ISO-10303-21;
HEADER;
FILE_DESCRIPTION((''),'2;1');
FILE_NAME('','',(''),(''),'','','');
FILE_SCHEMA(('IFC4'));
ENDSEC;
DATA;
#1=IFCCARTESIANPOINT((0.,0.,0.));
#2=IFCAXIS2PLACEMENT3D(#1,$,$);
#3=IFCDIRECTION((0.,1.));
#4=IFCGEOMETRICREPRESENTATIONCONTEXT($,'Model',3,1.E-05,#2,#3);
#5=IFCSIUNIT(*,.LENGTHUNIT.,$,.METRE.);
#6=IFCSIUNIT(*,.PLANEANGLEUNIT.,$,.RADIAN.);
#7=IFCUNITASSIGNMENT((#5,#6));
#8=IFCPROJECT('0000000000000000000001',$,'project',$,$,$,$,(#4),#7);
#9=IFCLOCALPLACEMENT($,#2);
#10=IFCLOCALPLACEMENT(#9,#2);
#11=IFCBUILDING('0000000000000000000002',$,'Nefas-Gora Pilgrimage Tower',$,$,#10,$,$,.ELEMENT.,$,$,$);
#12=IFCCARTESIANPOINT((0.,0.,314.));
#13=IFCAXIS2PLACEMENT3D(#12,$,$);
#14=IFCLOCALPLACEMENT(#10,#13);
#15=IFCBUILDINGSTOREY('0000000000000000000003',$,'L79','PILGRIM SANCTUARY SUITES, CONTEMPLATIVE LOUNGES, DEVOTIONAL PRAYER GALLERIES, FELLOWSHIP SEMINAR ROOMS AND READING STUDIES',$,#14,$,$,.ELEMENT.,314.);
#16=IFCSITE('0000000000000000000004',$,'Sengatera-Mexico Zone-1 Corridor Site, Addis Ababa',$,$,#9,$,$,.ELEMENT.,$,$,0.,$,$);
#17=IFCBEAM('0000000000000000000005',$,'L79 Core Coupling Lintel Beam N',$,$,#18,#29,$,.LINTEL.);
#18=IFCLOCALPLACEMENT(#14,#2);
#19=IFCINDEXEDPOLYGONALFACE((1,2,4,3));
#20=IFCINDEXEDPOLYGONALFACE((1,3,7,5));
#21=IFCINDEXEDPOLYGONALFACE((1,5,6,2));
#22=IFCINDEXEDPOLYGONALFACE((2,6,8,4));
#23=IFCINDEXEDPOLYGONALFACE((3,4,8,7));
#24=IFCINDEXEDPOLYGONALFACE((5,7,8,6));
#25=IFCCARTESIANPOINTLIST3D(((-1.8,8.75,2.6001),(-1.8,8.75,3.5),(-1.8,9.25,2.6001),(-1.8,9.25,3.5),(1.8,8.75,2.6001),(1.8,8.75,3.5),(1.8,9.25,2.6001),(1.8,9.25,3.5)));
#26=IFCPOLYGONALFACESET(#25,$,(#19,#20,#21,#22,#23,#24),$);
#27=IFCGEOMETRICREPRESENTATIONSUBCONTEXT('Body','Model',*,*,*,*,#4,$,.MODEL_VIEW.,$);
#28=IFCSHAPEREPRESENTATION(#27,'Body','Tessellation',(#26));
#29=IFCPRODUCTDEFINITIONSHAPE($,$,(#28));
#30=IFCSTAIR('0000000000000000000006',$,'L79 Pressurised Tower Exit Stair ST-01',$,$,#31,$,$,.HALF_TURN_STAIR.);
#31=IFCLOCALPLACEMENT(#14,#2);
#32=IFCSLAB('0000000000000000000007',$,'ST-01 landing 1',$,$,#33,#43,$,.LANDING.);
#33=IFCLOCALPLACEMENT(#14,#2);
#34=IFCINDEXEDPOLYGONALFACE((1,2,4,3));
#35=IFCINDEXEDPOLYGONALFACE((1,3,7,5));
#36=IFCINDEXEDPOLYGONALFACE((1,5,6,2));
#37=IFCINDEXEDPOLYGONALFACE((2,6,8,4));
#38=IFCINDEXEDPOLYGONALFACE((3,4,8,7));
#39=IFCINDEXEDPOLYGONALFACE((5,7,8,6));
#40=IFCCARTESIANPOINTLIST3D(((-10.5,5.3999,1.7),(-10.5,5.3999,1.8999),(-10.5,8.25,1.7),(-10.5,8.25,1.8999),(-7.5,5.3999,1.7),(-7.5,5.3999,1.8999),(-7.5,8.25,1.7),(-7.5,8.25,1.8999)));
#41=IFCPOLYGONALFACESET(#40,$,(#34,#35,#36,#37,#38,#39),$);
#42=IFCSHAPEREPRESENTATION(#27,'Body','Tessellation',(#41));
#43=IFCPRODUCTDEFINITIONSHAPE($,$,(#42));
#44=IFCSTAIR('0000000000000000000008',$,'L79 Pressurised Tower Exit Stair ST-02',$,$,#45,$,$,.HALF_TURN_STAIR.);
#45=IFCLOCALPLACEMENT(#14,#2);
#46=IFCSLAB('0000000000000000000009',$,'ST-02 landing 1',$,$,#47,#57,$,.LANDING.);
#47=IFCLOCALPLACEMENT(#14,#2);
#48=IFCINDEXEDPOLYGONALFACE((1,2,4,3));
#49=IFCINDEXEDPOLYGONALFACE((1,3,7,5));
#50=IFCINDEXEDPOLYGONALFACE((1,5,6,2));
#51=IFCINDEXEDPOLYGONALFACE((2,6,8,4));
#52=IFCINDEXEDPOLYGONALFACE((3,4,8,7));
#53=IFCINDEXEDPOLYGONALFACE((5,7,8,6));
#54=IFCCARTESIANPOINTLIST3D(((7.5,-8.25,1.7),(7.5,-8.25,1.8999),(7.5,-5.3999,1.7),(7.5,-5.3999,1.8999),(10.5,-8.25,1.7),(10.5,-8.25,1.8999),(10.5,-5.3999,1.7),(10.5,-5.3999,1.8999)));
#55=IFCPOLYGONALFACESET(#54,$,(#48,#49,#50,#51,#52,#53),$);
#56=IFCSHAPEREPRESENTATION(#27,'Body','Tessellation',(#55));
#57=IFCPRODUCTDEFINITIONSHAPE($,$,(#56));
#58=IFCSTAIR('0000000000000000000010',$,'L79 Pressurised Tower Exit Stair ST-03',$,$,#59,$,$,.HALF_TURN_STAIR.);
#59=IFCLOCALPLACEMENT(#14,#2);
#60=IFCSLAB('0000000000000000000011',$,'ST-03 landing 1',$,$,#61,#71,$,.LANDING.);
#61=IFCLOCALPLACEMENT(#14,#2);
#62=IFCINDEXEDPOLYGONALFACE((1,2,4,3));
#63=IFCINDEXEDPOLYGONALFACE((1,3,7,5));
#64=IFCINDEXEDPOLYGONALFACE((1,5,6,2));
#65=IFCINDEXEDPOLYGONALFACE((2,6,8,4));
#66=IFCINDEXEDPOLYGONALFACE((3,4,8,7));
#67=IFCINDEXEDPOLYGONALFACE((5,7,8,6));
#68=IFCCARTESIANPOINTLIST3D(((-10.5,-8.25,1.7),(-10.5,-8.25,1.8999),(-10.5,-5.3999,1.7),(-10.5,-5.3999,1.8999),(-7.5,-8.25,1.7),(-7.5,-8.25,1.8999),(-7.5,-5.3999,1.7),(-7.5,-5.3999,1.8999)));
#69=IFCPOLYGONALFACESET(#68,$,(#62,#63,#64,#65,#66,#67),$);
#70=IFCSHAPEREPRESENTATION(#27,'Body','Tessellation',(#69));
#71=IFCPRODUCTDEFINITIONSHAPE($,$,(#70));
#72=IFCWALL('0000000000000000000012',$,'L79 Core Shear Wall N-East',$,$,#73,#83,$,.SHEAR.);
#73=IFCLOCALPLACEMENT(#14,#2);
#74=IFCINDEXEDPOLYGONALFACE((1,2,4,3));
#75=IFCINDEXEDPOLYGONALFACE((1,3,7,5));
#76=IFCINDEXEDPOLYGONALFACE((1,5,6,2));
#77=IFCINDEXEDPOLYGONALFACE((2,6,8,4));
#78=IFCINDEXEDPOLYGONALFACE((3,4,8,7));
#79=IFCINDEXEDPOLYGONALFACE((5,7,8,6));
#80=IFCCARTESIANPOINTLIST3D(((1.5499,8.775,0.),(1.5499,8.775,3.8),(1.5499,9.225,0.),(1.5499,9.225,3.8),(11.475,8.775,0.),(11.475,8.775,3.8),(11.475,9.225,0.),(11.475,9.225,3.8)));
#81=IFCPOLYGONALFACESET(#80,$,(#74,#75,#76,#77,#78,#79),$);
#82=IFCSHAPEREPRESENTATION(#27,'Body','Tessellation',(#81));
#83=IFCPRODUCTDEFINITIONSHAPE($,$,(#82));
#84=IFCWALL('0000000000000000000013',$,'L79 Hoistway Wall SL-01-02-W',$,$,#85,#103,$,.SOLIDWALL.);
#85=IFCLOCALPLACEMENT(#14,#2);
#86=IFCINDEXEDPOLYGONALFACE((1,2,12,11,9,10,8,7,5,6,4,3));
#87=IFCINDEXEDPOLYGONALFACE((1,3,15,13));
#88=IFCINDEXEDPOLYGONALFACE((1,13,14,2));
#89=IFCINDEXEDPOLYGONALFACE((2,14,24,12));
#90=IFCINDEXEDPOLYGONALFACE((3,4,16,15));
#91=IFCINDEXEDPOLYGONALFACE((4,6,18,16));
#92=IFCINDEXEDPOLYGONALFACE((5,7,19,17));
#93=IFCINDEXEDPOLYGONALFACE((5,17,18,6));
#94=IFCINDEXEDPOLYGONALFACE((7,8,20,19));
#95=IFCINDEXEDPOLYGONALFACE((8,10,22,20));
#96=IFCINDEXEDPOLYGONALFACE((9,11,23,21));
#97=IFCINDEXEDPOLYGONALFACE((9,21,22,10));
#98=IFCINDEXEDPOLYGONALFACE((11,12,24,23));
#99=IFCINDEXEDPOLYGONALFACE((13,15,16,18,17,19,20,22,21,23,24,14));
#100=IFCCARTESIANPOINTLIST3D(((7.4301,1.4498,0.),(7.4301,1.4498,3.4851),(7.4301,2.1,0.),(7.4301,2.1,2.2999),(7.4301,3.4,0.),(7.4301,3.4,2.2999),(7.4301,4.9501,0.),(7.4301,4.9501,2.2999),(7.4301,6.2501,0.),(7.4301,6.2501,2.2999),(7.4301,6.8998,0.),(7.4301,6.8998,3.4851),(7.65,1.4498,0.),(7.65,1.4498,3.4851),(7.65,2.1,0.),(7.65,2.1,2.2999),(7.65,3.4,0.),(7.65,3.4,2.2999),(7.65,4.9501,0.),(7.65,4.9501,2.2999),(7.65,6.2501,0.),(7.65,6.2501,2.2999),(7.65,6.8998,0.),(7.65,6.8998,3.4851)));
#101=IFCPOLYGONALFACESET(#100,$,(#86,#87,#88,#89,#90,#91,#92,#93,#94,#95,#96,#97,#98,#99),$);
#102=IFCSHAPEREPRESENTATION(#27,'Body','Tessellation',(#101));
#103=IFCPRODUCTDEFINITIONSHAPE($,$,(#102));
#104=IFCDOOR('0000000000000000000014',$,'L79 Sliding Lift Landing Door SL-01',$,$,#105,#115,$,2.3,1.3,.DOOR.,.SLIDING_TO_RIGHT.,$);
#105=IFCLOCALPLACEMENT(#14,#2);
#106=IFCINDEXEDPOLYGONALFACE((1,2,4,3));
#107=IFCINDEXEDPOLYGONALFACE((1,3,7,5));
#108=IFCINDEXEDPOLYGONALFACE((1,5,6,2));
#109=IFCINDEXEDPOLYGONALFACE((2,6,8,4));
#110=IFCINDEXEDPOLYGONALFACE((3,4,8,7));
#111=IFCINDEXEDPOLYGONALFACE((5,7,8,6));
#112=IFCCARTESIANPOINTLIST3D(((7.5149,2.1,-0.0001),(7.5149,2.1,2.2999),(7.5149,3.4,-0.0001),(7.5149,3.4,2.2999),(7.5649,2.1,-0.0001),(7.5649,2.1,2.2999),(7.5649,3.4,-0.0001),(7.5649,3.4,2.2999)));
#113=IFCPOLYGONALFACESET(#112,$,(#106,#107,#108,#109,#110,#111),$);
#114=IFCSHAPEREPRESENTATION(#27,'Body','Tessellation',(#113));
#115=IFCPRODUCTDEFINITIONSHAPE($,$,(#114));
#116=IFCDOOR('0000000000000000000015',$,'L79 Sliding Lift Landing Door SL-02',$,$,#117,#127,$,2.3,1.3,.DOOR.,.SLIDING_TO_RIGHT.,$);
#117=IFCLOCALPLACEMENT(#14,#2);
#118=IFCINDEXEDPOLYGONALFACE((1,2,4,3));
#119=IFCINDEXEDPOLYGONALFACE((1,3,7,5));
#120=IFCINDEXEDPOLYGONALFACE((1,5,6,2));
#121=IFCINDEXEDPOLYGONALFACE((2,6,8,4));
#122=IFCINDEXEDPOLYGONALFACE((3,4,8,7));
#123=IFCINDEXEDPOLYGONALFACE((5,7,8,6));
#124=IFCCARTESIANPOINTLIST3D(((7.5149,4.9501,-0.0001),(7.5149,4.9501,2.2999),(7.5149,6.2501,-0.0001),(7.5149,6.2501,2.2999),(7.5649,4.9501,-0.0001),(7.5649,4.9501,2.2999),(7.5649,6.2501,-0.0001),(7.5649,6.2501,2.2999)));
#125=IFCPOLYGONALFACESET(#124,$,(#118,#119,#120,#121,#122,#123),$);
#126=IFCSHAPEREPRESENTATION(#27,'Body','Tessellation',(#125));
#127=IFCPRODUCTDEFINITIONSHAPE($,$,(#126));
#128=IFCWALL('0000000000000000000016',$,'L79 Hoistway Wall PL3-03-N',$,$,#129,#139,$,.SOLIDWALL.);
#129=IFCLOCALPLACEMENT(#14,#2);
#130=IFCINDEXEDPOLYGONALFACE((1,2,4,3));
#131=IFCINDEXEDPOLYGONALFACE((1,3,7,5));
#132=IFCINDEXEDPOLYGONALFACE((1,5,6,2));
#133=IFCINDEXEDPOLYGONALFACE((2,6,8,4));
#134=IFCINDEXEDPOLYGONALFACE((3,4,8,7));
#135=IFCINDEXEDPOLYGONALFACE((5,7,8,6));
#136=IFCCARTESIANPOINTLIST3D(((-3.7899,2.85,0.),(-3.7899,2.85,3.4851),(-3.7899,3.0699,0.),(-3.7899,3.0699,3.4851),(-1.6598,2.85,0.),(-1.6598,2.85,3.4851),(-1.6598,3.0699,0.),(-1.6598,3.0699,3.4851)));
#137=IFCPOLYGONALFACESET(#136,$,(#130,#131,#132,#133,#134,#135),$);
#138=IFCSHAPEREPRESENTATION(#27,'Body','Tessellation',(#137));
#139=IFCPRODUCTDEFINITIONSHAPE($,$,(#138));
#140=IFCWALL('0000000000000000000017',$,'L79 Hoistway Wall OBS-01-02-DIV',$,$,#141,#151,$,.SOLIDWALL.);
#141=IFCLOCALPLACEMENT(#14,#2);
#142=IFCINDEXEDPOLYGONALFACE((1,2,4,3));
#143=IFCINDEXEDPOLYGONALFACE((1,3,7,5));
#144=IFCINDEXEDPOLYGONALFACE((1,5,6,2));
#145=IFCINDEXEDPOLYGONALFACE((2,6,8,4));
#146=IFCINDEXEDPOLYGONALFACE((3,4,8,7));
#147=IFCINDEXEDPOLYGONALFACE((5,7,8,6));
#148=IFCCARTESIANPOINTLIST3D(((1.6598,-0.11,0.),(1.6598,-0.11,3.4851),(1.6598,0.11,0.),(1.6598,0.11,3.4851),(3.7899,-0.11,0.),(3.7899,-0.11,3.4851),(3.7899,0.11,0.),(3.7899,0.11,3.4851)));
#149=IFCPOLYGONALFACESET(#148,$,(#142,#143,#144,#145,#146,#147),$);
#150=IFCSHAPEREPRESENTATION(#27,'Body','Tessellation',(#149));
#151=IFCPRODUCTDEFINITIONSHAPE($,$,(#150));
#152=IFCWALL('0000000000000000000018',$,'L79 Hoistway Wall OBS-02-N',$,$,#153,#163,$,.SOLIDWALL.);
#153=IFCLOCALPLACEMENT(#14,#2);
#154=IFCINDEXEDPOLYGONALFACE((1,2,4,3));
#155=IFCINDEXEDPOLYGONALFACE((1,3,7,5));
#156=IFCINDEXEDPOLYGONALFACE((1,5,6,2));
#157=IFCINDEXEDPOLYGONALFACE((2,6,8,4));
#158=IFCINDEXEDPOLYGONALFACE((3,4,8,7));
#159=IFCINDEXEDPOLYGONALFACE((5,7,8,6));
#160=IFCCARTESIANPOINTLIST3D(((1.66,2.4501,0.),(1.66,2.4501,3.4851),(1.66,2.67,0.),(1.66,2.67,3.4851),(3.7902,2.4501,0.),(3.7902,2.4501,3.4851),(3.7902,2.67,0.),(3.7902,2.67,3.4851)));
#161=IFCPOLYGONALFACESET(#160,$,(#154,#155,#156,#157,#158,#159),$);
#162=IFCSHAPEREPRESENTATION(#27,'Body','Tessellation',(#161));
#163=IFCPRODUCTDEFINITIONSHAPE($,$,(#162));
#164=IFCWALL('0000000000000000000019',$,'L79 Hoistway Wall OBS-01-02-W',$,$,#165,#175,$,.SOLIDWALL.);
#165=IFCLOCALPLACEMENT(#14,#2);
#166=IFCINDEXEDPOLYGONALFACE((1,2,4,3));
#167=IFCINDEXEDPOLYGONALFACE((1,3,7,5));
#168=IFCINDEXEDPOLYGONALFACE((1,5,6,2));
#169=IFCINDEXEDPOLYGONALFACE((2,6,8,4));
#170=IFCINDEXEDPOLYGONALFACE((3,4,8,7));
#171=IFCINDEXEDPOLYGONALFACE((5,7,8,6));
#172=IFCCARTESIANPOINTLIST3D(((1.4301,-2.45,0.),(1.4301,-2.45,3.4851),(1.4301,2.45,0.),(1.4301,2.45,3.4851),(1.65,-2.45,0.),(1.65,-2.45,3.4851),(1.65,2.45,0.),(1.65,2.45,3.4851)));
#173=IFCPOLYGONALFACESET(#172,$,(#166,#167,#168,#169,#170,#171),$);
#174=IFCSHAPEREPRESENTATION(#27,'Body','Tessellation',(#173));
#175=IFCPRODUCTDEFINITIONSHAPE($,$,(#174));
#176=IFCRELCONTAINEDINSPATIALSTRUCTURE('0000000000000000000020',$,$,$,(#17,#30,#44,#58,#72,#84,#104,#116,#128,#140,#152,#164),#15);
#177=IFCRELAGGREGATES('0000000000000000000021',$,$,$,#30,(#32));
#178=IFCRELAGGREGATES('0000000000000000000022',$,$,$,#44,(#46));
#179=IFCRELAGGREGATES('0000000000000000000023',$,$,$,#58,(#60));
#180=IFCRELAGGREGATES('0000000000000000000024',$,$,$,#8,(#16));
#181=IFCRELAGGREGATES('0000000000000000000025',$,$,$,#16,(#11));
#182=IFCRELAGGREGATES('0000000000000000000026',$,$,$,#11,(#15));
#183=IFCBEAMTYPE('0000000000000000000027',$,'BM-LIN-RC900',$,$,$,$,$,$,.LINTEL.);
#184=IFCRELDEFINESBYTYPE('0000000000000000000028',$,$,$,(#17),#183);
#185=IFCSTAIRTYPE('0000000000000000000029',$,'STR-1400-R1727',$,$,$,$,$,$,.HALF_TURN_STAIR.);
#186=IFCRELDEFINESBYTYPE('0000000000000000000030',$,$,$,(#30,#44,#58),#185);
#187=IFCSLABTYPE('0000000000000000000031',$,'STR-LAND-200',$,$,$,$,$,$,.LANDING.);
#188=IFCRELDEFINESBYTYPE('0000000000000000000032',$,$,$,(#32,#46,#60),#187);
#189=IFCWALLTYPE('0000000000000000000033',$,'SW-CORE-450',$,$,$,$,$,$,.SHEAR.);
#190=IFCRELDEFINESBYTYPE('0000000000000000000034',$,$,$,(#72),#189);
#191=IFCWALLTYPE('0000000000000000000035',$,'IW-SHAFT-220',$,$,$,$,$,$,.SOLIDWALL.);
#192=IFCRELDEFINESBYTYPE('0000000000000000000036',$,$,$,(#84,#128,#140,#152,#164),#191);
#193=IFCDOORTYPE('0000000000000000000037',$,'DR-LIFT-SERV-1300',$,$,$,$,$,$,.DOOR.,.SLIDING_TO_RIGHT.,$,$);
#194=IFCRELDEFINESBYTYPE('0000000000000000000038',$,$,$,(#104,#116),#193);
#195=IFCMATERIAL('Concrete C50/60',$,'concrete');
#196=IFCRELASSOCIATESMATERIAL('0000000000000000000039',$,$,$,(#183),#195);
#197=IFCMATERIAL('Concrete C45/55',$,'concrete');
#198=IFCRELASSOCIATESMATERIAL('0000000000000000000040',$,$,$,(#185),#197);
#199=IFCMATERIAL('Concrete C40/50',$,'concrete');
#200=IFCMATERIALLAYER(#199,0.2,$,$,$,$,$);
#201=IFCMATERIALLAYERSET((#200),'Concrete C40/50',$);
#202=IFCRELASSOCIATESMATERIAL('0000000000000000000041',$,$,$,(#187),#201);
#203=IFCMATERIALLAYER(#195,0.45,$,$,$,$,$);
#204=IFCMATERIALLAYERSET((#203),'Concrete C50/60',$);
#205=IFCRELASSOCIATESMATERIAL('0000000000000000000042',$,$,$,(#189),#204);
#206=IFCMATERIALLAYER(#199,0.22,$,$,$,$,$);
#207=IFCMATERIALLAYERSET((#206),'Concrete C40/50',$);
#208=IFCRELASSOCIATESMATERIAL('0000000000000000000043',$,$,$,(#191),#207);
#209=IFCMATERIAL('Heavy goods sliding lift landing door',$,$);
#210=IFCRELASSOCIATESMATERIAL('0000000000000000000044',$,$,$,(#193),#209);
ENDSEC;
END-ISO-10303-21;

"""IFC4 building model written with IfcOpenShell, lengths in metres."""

from ifc_helpers import new_model, si_unit, direction, frame, frame_2d, origin, origin_2d, place, context, subcontext, project, spatial, polyline, rectangle, outline, extrude, source, transform, mapped, material, layer, layer_set, material_profile, profile_set, type_object, element, fill, aggregate, save


model = new_model("IFC4")

# Units and contexts
model_context = context("Model", 3, precision=1e-05, world=origin(), true_north=direction((0.0, 1.0)))
body_context = subcontext(model_context, "Body", "Model", "MODEL_VIEW")
ifc_project = project(units=[si_unit("LENGTHUNIT", "METRE"), si_unit("PLANEANGLEUNIT", "RADIAN")], contexts=[model_context])

# Site, building, storey
site_placement = place(None, origin())
site = spatial("IfcSite", under=ifc_project, at=site_placement, Name="Sengatera-Mexico Zone-1 Corridor Site, Addis Ababa", CompositionType="ELEMENT", RefElevation=0.0)
building_placement = place(site_placement, origin())
building = spatial("IfcBuilding", under=site, at=building_placement, Name="Nefas-Gora Pilgrimage Tower", CompositionType="ELEMENT")
storey_placement = place(building_placement, frame((0.0, 0.0, 314.0)))
storey = spatial("IfcBuildingStorey", under=building, at=storey_placement, Name="L79", Description="PILGRIM SANCTUARY SUITES, CONTEMPLATIVE LOUNGES, DEVOTIONAL PRAYER GALLERIES, FELLOWSHIP SEMINAR ROOMS AND READING STUDIES", CompositionType="ELEMENT", Elevation=314.0)

# Beam
ifc_material_1 = material(Name="Concrete C50/60", Category="concrete")
ifc_material_profile = material_profile(ifc_material_1, rectangle(XDim=0.5, YDim=0.8999, at=origin_2d()), Name="RC 500x900")
ifc_profile_set = profile_set([ifc_material_profile], Name="Concrete C50/60")
beam_type = type_object("IfcBeamType", Name="BM-LIN-RC900", PredefinedType="LINTEL", material=ifc_profile_set)
shared_shape_1 = source(origin(), body_context, "Body", "SweptSolid", [
    extrude(rectangle(XDim=0.5, YDim=0.8999, at=origin_2d()), origin(), (0.0, 0.0, 1.0), 3.6001),
])
beam_placement = place(storey_placement, frame((-1.8, 9.0, 3.05), z_axis=(1.0, 0.0, 0.0), x_axis=(0.0, 1.0, 0.0)))
element("IfcBeam", 1, at=beam_placement, inside=storey, type_object=beam_type, Name="L79 Core Coupling Lintel Beam N", PredefinedType="LINTEL", context=body_context, shape_type="MappedRepresentation", body=[
    mapped(shared_shape_1, transform((0.0, 0.0, 0.0), x_axis=(1.0, 0.0, 0.0), y_axis=(0.0, 1.0, 0.0), z_axis=(0.0, 0.0, 1.0), scale=1.0)),
])

# Stairs, slabs
ifc_material_2 = material(Name="Concrete C45/55", Category="concrete")
stair_type = type_object("IfcStairType", Name="STR-1400-R1727", PredefinedType="HALF_TURN_STAIR", material=ifc_material_2)
stair_1_placement = place(storey_placement, origin())
stair_1 = element("IfcStair", 2, at=stair_1_placement, inside=storey, type_object=stair_type, Name="L79 Pressurised Tower Exit Stair ST-01", PredefinedType="HALF_TURN_STAIR")
ifc_material_3 = material(Name="Concrete C40/50", Category="concrete")
ifc_layer_1 = layer(ifc_material_3, 0.2)
ifc_layer_set_1 = layer_set([ifc_layer_1], Name="Concrete C40/50")
slab_type = type_object("IfcSlabType", Name="STR-LAND-200", PredefinedType="LANDING", material=ifc_layer_set_1)
slab_1_placement = place(storey_placement, frame((0.0, 0.0, 1.7)))
slab_1 = element("IfcSlab", 3, at=slab_1_placement, type_object=slab_type, Name="ST-01 landing 1", PredefinedType="LANDING", context=body_context, shape_type="SweptSolid", body=[
    extrude(outline(polyline([(-7.5, 5.3999), (-7.5, 8.25), (-10.5, 8.25), (-10.5, 5.3999), (-7.5, 5.3999)])), origin(), (0.0, 0.0, 1.0), 0.2),
])
aggregate(stair_1, [slab_1])
stair_2_placement = place(storey_placement, origin())
stair_2 = element("IfcStair", 4, at=stair_2_placement, inside=storey, type_object=stair_type, Name="L79 Pressurised Tower Exit Stair ST-02", PredefinedType="HALF_TURN_STAIR")
slab_2_placement = place(storey_placement, frame((0.0, 0.0, 1.7)))
slab_2 = element("IfcSlab", 5, at=slab_2_placement, type_object=slab_type, Name="ST-02 landing 1", PredefinedType="LANDING", context=body_context, shape_type="SweptSolid", body=[
    extrude(outline(polyline([(7.5, -5.3999), (7.5, -8.25), (10.5, -8.25), (10.5, -5.3999), (7.5, -5.3999)])), origin(), (0.0, 0.0, 1.0), 0.2),
])
aggregate(stair_2, [slab_2])
stair_3_placement = place(storey_placement, origin())
stair_3 = element("IfcStair", 6, at=stair_3_placement, inside=storey, type_object=stair_type, Name="L79 Pressurised Tower Exit Stair ST-03", PredefinedType="HALF_TURN_STAIR")
slab_3_placement = place(storey_placement, frame((0.0, 0.0, 1.7)))
slab_3 = element("IfcSlab", 7, at=slab_3_placement, type_object=slab_type, Name="ST-03 landing 1", PredefinedType="LANDING", context=body_context, shape_type="SweptSolid", body=[
    extrude(outline(polyline([(-10.5, -5.3999), (-10.5, -8.25), (-7.5, -8.25), (-7.5, -5.3999), (-10.5, -5.3999)])), origin(), (0.0, 0.0, 1.0), 0.2),
])
aggregate(stair_3, [slab_3])

# Wall
ifc_layer_2 = layer(ifc_material_1, 0.45)
ifc_layer_set_2 = layer_set([ifc_layer_2], Name="Concrete C50/60")
wall_type_1 = type_object("IfcWallType", Name="SW-CORE-450", PredefinedType="SHEAR", material=ifc_layer_set_2)
shared_shape_2 = source(origin(), body_context, "Body", "SweptSolid", [
    extrude(rectangle(XDim=9.925, YDim=0.45, at=frame_2d((4.9624, 0.0))), origin(), (0.0, 0.0, 1.0), 3.8),
])
wall_1_placement = place(storey_placement, frame((1.55, 9.0, 0.0), z_axis=(0.0, 0.0, 1.0), x_axis=(1.0, 0.0, 0.0)))
element("IfcWall", 8, at=wall_1_placement, inside=storey, type_object=wall_type_1, Name="L79 Core Shear Wall N-East", PredefinedType="SHEAR", context=body_context, shape_type="MappedRepresentation", body=[
    mapped(shared_shape_2, transform((0.0, 0.0, 0.0), x_axis=(1.0, 0.0, 0.0), y_axis=(0.0, 1.0, 0.0), z_axis=(0.0, 0.0, 1.0), scale=1.0)),
])

# Wall, openings, doors
ifc_layer_3 = layer(ifc_material_3, 0.22)
ifc_layer_set_3 = layer_set([ifc_layer_3], Name="Concrete C40/50")
wall_type_2 = type_object("IfcWallType", Name="IW-SHAFT-220", PredefinedType="SOLIDWALL", material=ifc_layer_set_3)
shared_shape_3 = source(origin(), body_context, "Body", "SweptSolid", [
    extrude(rectangle(XDim=5.45, YDim=0.22, at=frame_2d((2.7251, 0.0))), origin(), (0.0, 0.0, 1.0), 3.4851),
])
wall_2_placement = place(storey_placement, frame((7.54, 6.8999, 0.0), z_axis=(0.0, 0.0, 1.0), x_axis=(0.0, -1.0, 0.0)))
wall_2 = element("IfcWall", 9, at=wall_2_placement, inside=storey, type_object=wall_type_2, Name="L79 Hoistway Wall SL-01-02-W", PredefinedType="SOLIDWALL", context=body_context, shape_type="MappedRepresentation", body=[
    mapped(shared_shape_3, transform((0.0, 0.0, 0.0), x_axis=(1.0, 0.0, 0.0), y_axis=(0.0, 1.0, 0.0), z_axis=(0.0, 0.0, 1.0), scale=1.0)),
])
opening_1_placement = place(wall_2_placement, frame((3.5, 0.0, 0.0)))
opening_1 = element("IfcOpeningElement", 10, at=opening_1_placement, cuts=wall_2, PredefinedType="OPENING", context=body_context, shape_type="SweptSolid", body=[
    extrude(rectangle(XDim=1.3, YDim=2.3, at=frame_2d((0.6499, 1.1499))), frame((0.0, 0.1199, 0.0), z_axis=(0.0, -1.0, 0.0), x_axis=(1.0, 0.0, 0.0)), (0.0, 0.0, 1.0), 0.24),
])
opening_2_placement = place(wall_2_placement, frame((0.6499, 0.0, 0.0)))
opening_2 = element("IfcOpeningElement", 11, at=opening_2_placement, cuts=wall_2, PredefinedType="OPENING", context=body_context, shape_type="SweptSolid", body=[
    extrude(rectangle(XDim=1.3, YDim=2.3, at=frame_2d((0.6499, 1.1499))), frame((0.0, 0.1199, 0.0), z_axis=(0.0, -1.0, 0.0), x_axis=(1.0, 0.0, 0.0)), (0.0, 0.0, 1.0), 0.24),
])
ifc_material_4 = material(Name="Heavy goods sliding lift landing door")
door_type_1 = type_object("IfcDoorType", Name="DR-LIFT-SERV-1300", OperationType="SLIDING_TO_RIGHT", PredefinedType="DOOR", material=ifc_material_4)
shared_shape_4 = source(origin(), body_context, "Body", "SweptSolid", [
    extrude(rectangle(XDim=1.3, YDim=2.3, at=frame_2d((0.6499, 1.1499))), frame((0.0, 0.0249, 0.0), z_axis=(0.0, -1.0, 0.0), x_axis=(1.0, 0.0, 0.0)), (0.0, 0.0, 1.0), 0.05),
])
door_1_placement = place(opening_1_placement, origin())
door_1 = element("IfcDoor", 12, at=door_1_placement, inside=storey, type_object=door_type_1, Name="L79 Sliding Lift Landing Door SL-01", OperationType="SLIDING_TO_RIGHT", OverallHeight=2.3, OverallWidth=1.3, PredefinedType="DOOR", context=body_context, shape_type="MappedRepresentation", body=[
    mapped(shared_shape_4, transform((0.0, 0.0, 0.0), x_axis=(1.0, 0.0, 0.0), y_axis=(0.0, 1.0, 0.0), z_axis=(0.0, 0.0, 1.0), scale=1.0)),
])
fill(opening_1, door_1)
door_2_placement = place(opening_2_placement, origin())
door_2 = element("IfcDoor", 13, at=door_2_placement, inside=storey, type_object=door_type_1, Name="L79 Sliding Lift Landing Door SL-02", OperationType="SLIDING_TO_RIGHT", OverallHeight=2.3, OverallWidth=1.3, PredefinedType="DOOR", context=body_context, shape_type="MappedRepresentation", body=[
    mapped(shared_shape_4, transform((0.0, 0.0, 0.0), x_axis=(1.0, 0.0, 0.0), y_axis=(0.0, 1.0, 0.0), z_axis=(0.0, 0.0, 1.0), scale=1.0)),
])
fill(opening_2, door_2)

# Walls
shared_shape_5 = source(origin(), body_context, "Body", "SweptSolid", [
    extrude(rectangle(XDim=2.1301, YDim=0.22, at=frame_2d((1.0649, 0.0))), origin(), (0.0, 0.0, 1.0), 3.4851),
])
for number, where, z_axis, x_axis, name in (
    (14, (-1.6599, 2.96, 0.0), (0.0, 0.0, 1.0), (-1.0, 0.0, 0.0), "L79 Hoistway Wall PL3-03-N"),
    (15, (1.6599, 0.0, 0.0), (0.0, 0.0, 1.0), (1.0, 0.0, 0.0), "L79 Hoistway Wall OBS-01-02-DIV"),
    (16, (3.79, 2.5601, 0.0), (0.0, 0.0, 1.0), (-1.0, 0.0, 0.0), "L79 Hoistway Wall OBS-02-N"),
):
    element("IfcWall", number, at=place(storey_placement, frame(where, z_axis=z_axis, x_axis=x_axis)), inside=storey, type_object=wall_type_2, Name=name, PredefinedType="SOLIDWALL", context=body_context, shape_type="MappedRepresentation", body=[
        mapped(shared_shape_5, transform((0.0, 0.0, 0.0), x_axis=(1.0, 0.0, 0.0), y_axis=(0.0, 1.0, 0.0), z_axis=(0.0, 0.0, 1.0), scale=1.0)),
    ])
shared_shape_6 = source(origin(), body_context, "Body", "SweptSolid", [
    extrude(rectangle(XDim=4.8999, YDim=0.22, at=frame_2d((2.45, 0.0))), origin(), (0.0, 0.0, 1.0), 3.4851),
])
wall_3_placement = place(storey_placement, frame((1.54, 2.45, 0.0), z_axis=(0.0, 0.0, 1.0), x_axis=(0.0, -1.0, 0.0)))
element("IfcWall", 17, at=wall_3_placement, inside=storey, type_object=wall_type_2, Name="L79 Hoistway Wall OBS-01-02-W", PredefinedType="SOLIDWALL", context=body_context, shape_type="MappedRepresentation", body=[
    mapped(shared_shape_6, transform((0.0, 0.0, 0.0), x_axis=(1.0, 0.0, 0.0), y_axis=(0.0, 1.0, 0.0), z_axis=(0.0, 0.0, 1.0), scale=1.0)),
])

save(model, "model.ifc")
